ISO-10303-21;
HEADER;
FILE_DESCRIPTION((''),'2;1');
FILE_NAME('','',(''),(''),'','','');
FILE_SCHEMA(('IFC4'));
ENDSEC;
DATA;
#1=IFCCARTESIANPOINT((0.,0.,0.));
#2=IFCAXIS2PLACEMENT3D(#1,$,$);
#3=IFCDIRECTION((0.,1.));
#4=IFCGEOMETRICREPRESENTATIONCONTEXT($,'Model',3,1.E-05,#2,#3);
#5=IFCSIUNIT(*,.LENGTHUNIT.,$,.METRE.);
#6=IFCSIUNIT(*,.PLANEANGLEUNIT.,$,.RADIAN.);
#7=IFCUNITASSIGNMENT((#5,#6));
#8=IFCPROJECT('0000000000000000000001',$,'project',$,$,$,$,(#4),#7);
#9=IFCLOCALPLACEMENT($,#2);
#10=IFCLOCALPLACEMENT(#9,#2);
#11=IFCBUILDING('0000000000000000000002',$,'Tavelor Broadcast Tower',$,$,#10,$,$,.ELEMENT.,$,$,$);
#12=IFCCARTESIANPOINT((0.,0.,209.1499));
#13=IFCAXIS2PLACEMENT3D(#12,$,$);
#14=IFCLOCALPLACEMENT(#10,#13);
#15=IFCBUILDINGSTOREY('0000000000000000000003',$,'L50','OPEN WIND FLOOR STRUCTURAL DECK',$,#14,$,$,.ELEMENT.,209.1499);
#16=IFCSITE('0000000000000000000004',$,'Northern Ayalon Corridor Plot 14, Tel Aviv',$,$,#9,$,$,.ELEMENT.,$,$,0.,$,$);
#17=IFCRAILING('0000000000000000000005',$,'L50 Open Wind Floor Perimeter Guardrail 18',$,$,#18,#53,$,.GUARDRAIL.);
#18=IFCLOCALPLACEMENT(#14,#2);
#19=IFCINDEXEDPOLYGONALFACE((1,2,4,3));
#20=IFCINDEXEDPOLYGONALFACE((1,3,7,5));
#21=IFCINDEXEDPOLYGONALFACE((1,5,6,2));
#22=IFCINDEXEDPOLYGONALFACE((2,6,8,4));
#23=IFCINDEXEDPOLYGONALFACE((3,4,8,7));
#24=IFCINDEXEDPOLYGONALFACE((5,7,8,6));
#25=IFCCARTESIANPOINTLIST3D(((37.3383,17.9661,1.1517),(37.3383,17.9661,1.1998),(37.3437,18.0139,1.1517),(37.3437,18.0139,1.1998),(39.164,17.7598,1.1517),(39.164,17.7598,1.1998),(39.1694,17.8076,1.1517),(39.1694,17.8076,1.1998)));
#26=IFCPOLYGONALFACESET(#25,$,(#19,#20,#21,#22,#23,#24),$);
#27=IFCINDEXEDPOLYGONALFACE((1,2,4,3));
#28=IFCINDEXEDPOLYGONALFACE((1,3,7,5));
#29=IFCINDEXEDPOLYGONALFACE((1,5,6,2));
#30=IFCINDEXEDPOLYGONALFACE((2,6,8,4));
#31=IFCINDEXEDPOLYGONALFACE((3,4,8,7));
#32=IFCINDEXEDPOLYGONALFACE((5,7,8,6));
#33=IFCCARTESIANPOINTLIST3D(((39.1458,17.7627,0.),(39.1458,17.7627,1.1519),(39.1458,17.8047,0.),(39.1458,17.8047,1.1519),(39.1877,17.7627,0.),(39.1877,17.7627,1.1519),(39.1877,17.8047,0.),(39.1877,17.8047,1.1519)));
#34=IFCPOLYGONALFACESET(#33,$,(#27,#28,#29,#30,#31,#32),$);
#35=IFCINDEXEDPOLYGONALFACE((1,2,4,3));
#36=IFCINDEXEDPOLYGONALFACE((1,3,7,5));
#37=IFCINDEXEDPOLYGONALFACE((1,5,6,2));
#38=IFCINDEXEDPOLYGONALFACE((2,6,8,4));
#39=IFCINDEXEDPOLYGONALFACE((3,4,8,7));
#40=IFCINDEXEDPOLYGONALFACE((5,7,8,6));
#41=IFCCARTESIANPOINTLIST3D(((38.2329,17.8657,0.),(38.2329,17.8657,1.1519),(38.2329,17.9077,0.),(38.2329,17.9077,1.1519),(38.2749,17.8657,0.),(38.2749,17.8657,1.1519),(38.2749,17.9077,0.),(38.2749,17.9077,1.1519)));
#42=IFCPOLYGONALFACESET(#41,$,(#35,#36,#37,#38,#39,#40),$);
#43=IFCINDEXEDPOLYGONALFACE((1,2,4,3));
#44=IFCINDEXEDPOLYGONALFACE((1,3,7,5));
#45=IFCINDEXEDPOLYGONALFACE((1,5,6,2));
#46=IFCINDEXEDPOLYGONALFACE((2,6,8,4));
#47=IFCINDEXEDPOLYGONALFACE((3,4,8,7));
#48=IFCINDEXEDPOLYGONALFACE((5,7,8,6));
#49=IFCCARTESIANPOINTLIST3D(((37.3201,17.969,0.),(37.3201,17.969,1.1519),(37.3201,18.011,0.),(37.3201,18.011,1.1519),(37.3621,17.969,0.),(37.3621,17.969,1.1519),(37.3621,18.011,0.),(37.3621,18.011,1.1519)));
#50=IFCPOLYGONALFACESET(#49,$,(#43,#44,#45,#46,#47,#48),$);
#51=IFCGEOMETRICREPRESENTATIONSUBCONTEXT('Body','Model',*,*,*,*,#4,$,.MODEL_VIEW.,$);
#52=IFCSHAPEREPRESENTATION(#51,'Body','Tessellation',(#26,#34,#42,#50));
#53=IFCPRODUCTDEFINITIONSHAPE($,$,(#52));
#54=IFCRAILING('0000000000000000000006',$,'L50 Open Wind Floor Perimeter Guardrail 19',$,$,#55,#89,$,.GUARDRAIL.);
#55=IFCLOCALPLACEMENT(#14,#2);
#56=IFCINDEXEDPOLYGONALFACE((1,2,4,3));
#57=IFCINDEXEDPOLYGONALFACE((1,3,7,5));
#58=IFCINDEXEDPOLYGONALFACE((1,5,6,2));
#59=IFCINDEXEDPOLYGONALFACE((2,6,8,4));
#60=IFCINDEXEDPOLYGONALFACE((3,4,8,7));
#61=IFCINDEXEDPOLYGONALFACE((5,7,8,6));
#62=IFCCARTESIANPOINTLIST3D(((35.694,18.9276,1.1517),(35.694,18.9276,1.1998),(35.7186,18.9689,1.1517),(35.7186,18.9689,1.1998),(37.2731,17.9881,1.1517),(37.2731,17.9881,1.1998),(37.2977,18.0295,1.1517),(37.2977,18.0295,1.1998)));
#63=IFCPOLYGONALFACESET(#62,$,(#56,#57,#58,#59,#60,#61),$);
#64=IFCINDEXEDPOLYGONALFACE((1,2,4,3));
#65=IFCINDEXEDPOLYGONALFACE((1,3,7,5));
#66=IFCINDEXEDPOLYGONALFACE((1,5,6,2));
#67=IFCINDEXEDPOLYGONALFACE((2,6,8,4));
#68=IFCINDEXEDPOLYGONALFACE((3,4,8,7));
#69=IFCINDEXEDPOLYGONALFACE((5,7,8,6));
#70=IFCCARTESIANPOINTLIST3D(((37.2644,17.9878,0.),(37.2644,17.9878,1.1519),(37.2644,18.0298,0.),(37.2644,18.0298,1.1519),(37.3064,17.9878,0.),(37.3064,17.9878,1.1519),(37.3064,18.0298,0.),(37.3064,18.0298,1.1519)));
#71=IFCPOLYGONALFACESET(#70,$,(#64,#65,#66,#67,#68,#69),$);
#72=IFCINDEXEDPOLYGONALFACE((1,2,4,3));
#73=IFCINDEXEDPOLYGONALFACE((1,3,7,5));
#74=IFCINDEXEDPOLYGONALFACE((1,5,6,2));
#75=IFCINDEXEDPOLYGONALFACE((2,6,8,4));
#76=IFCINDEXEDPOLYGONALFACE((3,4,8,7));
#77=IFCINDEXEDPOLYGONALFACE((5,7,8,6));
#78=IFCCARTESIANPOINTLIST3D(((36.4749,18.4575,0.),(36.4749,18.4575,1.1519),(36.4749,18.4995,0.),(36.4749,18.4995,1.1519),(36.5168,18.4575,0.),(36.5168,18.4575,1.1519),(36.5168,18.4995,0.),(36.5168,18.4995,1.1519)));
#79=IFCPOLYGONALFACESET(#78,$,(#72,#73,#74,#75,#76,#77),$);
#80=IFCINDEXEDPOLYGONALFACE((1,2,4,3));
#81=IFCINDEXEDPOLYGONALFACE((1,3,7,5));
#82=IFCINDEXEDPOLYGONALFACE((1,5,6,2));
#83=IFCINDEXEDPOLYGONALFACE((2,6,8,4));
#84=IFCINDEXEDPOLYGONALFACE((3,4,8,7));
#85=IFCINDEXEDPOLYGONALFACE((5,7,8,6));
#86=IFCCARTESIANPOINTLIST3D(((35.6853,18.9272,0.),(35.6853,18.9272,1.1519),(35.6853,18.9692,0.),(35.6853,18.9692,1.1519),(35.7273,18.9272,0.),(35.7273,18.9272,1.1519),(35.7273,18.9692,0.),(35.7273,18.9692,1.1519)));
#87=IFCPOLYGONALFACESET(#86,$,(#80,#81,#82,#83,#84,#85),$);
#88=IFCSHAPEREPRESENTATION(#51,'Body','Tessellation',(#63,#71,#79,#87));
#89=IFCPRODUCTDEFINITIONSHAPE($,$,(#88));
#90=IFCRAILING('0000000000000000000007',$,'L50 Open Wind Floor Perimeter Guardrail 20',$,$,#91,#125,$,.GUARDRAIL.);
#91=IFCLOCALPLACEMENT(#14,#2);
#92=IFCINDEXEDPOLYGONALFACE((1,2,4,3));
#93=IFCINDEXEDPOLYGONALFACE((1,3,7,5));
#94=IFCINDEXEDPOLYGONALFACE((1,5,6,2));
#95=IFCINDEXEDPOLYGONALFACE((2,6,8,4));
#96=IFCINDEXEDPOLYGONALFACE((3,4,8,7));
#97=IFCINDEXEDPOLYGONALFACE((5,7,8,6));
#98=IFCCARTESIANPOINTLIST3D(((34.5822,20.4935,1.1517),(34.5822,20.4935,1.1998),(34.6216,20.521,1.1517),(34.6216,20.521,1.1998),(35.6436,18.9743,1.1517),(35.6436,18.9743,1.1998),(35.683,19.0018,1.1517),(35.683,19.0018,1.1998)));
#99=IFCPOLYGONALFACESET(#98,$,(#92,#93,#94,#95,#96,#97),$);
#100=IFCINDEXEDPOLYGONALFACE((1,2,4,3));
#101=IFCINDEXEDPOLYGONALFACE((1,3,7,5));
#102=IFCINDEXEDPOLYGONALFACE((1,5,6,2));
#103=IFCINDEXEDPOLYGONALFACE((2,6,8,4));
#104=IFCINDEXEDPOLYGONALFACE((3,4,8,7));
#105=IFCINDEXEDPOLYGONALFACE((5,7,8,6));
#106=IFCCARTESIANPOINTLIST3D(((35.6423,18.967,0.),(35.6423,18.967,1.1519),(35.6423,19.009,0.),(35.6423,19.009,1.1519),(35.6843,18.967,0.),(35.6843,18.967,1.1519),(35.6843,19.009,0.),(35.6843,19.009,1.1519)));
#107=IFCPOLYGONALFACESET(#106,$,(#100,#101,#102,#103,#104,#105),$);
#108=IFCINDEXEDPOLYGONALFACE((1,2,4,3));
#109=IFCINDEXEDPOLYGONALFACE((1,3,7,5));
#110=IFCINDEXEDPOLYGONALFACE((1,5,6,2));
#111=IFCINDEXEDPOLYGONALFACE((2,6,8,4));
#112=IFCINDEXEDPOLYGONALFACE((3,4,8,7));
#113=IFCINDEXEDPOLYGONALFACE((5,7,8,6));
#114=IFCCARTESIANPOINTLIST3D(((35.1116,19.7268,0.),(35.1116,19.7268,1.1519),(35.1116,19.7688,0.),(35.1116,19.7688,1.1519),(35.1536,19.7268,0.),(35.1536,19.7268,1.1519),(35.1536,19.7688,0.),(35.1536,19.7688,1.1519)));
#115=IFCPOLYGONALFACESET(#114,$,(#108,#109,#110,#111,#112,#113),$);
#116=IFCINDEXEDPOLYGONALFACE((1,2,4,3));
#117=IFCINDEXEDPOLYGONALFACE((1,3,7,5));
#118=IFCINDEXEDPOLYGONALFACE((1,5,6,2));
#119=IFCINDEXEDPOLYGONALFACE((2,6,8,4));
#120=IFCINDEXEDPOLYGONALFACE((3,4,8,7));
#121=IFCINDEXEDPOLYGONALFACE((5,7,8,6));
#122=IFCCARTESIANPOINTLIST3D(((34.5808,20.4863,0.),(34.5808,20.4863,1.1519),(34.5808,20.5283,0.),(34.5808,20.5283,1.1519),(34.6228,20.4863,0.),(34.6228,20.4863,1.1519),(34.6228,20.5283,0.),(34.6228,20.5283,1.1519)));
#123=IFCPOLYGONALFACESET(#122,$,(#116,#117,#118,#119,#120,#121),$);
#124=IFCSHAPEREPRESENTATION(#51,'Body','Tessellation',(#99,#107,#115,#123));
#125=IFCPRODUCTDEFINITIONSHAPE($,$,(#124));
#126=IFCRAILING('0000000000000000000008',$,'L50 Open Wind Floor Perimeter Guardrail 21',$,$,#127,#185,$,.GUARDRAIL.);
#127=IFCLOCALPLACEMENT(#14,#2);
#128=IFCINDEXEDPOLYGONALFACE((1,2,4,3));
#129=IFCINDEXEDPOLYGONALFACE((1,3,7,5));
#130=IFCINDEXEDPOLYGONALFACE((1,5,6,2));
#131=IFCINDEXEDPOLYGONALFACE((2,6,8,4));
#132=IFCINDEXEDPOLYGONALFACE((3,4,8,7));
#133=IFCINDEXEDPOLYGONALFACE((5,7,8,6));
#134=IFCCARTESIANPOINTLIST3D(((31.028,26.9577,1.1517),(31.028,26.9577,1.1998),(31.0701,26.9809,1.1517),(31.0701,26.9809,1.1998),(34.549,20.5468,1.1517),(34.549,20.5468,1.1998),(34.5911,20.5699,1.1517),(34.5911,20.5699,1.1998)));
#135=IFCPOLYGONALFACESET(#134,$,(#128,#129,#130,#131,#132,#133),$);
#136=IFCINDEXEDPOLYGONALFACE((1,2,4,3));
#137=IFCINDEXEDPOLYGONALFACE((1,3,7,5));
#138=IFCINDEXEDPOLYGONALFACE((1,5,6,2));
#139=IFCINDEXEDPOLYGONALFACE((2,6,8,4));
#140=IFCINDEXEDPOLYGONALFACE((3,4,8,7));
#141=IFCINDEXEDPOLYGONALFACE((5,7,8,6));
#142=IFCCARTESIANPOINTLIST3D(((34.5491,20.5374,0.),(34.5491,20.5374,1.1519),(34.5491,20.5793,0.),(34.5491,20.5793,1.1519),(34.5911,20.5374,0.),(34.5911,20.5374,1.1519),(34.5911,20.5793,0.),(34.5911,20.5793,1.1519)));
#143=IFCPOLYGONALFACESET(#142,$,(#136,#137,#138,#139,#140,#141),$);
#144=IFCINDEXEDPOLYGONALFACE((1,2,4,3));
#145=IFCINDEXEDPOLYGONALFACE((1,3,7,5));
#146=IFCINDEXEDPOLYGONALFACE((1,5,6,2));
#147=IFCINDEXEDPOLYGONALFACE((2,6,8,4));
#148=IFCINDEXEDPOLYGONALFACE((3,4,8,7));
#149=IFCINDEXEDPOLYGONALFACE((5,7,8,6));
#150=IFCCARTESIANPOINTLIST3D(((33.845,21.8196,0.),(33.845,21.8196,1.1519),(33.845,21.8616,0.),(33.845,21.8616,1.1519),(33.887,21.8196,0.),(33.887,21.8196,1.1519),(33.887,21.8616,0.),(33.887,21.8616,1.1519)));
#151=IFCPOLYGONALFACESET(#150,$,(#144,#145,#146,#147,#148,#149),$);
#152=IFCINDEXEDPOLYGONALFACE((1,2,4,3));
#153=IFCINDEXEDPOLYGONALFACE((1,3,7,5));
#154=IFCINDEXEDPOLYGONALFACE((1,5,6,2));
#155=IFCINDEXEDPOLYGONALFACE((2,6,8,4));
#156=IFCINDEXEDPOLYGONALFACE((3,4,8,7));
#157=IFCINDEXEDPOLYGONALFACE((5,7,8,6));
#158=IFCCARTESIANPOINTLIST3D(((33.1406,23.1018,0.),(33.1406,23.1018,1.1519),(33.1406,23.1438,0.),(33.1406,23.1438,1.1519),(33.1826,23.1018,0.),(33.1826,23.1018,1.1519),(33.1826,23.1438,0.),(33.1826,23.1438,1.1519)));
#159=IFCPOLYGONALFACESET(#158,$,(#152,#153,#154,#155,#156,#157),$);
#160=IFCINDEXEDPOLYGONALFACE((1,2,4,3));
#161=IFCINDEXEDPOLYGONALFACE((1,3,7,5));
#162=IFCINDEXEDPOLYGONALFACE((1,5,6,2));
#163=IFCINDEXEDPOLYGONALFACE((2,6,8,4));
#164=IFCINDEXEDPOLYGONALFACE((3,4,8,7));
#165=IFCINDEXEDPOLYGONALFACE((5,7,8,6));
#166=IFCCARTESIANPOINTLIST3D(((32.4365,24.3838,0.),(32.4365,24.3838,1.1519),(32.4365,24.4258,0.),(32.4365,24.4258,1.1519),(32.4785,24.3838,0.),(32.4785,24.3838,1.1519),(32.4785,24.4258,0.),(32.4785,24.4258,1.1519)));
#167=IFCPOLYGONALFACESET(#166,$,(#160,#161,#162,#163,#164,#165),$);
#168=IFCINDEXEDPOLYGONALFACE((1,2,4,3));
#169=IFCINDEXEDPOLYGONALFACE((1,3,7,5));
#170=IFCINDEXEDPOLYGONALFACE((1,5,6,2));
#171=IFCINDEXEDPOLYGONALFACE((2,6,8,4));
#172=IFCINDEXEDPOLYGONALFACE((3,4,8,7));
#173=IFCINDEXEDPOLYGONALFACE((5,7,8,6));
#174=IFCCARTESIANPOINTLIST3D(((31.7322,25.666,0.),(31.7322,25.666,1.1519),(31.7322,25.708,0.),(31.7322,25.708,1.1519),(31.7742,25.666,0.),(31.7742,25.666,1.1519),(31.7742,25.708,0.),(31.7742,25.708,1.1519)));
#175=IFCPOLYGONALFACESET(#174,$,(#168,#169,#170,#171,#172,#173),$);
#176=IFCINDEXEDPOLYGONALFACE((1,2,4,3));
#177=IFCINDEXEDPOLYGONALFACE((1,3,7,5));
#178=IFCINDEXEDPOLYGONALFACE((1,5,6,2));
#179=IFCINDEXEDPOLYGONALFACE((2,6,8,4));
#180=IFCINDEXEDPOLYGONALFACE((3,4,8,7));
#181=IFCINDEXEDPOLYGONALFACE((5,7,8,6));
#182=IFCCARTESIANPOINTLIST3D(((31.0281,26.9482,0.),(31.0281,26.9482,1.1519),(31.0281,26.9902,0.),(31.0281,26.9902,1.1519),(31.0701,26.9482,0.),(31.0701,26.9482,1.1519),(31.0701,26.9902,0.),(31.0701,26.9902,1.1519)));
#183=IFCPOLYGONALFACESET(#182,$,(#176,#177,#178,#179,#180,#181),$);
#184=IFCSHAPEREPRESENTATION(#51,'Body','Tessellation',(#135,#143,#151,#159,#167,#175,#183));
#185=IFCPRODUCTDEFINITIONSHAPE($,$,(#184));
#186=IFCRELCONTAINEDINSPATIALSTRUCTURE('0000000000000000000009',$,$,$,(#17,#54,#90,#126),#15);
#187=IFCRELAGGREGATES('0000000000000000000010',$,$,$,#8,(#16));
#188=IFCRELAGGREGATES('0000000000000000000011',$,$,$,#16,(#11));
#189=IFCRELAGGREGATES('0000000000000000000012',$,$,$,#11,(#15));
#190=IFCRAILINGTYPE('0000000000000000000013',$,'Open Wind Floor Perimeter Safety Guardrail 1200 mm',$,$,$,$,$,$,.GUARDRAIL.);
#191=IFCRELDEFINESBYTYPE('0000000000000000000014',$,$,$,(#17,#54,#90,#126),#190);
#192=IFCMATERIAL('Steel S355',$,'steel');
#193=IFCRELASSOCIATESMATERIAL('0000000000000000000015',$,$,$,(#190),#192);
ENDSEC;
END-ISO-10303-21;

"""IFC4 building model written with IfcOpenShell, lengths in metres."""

from ifc_helpers import new_model, si_unit, direction, frame, origin, origin_2d, place, context, subcontext, project, spatial, rectangle, extrude, material, type_object, element, save


model = new_model("IFC4")

# Units and contexts
model_context = context("Model", 3, precision=1e-05, world=origin(), true_north=direction((0.0, 1.0)))
body_context = subcontext(model_context, "Body", "Model", "MODEL_VIEW")
ifc_project = project(units=[si_unit("LENGTHUNIT", "METRE"), si_unit("PLANEANGLEUNIT", "RADIAN")], contexts=[model_context])

# Site, building, storey
site_placement = place(None, origin())
site = spatial("IfcSite", under=ifc_project, at=site_placement, Name="Northern Ayalon Corridor Plot 14, Tel Aviv", CompositionType="ELEMENT", RefElevation=0.0)
building_placement = place(site_placement, origin())
building = spatial("IfcBuilding", under=site, at=building_placement, Name="Tavelor Broadcast Tower", CompositionType="ELEMENT")
storey_placement = place(building_placement, frame((0.0, 0.0, 209.1499)))
storey = spatial("IfcBuildingStorey", under=building, at=storey_placement, Name="L50", Description="OPEN WIND FLOOR STRUCTURAL DECK", CompositionType="ELEMENT", Elevation=209.1499)

# Railings
ifc_material_1 = material(Name="Steel S355", Category="steel")
railing_type = type_object("IfcRailingType", Name="Open Wind Floor Perimeter Safety Guardrail 1200 mm", PredefinedType="GUARDRAIL", material=ifc_material_1)
railing_1_placement = place(storey_placement, frame((39.1667, 17.7837, 0.0)))
element("IfcRailing", 1, at=railing_1_placement, inside=storey, type_object=railing_type, Name="L50 Open Wind Floor Perimeter Guardrail 18", PredefinedType="GUARDRAIL", context=body_context, shape_type="SweptSolid", body=[
    extrude(rectangle(XDim=0.0481, YDim=0.0481, at=origin_2d()), frame((0.0, 0.0, 1.1758), z_axis=(-0.993676, 0.112284, 0.0), x_axis=(-0.112284, -0.993676, 0.0)), (0.0, 0.0, 1.0), 1.8374),
    extrude(rectangle(XDim=0.042, YDim=0.042, at=origin_2d()), origin(), (0.0, 0.0, 1.0), 1.1519),
    extrude(rectangle(XDim=0.042, YDim=0.042, at=origin_2d()), frame((-0.9128, 0.103, 0.0)), (0.0, 0.0, 1.0), 1.1519),
    extrude(rectangle(XDim=0.042, YDim=0.042, at=origin_2d()), frame((-1.8257, 0.2063, 0.0)), (0.0, 0.0, 1.0), 1.1519),
])
railing_2_placement = place(storey_placement, frame((37.2854, 18.0088, 0.0)))
element("IfcRailing", 2, at=railing_2_placement, inside=storey, type_object=railing_type, Name="L50 Open Wind Floor Perimeter Guardrail 19", PredefinedType="GUARDRAIL", context=body_context, shape_type="SweptSolid", body=[
    extrude(rectangle(XDim=0.0481, YDim=0.0481, at=origin_2d()), frame((0.0, 0.0, 1.1758), z_axis=(-0.85941, 0.511288, 0.0), x_axis=(-0.511288, -0.85941, 0.0)), (0.0, 0.0, 1.0), 1.8374),
    extrude(rectangle(XDim=0.042, YDim=0.042, at=origin_2d()), origin(), (0.0, 0.0, 1.0), 1.1519),
    extrude(rectangle(XDim=0.042, YDim=0.042, at=origin_2d()), frame((-0.7896, 0.4697, 0.0)), (0.0, 0.0, 1.0), 1.1519),
    extrude(rectangle(XDim=0.042, YDim=0.042, at=origin_2d()), frame((-1.5791, 0.9395, 0.0)), (0.0, 0.0, 1.0), 1.1519),
])
railing_3_placement = place(storey_placement, frame((35.6633, 18.988, 0.0)))
element("IfcRailing", 3, at=railing_3_placement, inside=storey, type_object=railing_type, Name="L50 Open Wind Floor Perimeter Guardrail 20", PredefinedType="GUARDRAIL", context=body_context, shape_type="SweptSolid", body=[
    extrude(rectangle(XDim=0.0481, YDim=0.0481, at=origin_2d()), frame((0.0, 0.0, 1.1758), z_axis=(-0.572746, 0.819733, 0.0), x_axis=(-0.819733, -0.572746, 0.0)), (0.0, 0.0, 1.0), 1.8533),
    extrude(rectangle(XDim=0.042, YDim=0.042, at=origin_2d()), origin(), (0.0, 0.0, 1.0), 1.1519),
    extrude(rectangle(XDim=0.042, YDim=0.042, at=origin_2d()), frame((-0.5308, 0.7598, 0.0)), (0.0, 0.0, 1.0), 1.1519),
    extrude(rectangle(XDim=0.042, YDim=0.042, at=origin_2d()), frame((-1.0615, 1.5193, 0.0)), (0.0, 0.0, 1.0), 1.1519),
])
railing_4_placement = place(storey_placement, frame((34.5701, 20.5583, 0.0)))
element("IfcRailing", 4, at=railing_4_placement, inside=storey, type_object=railing_type, Name="L50 Open Wind Floor Perimeter Guardrail 21", PredefinedType="GUARDRAIL", context=body_context, shape_type="SweptSolid", body=[
    extrude(rectangle(XDim=0.0481, YDim=0.0481, at=origin_2d()), frame((0.0, 0.0, 1.1758), z_axis=(-0.481395, 0.876504, 0.0), x_axis=(-0.876504, -0.481395, 0.0)), (0.0, 0.0, 1.0), 7.3142),
    extrude(rectangle(XDim=0.042, YDim=0.042, at=origin_2d()), origin(), (0.0, 0.0, 1.0), 1.1519),
    extrude(rectangle(XDim=0.042, YDim=0.042, at=origin_2d()), frame((-0.7041, 1.2822, 0.0)), (0.0, 0.0, 1.0), 1.1519),
    extrude(rectangle(XDim=0.042, YDim=0.042, at=origin_2d()), frame((-1.4084, 2.5645, 0.0)), (0.0, 0.0, 1.0), 1.1519),
    extrude(rectangle(XDim=0.042, YDim=0.042, at=origin_2d()), frame((-2.1125, 3.8464, 0.0)), (0.0, 0.0, 1.0), 1.1519),
    extrude(rectangle(XDim=0.042, YDim=0.042, at=origin_2d()), frame((-2.8169, 5.1287, 0.0)), (0.0, 0.0, 1.0), 1.1519),
    extrude(rectangle(XDim=0.042, YDim=0.042, at=origin_2d()), frame((-3.521, 6.4109, 0.0)), (0.0, 0.0, 1.0), 1.1519),
])

save(model, "model.ifc")
